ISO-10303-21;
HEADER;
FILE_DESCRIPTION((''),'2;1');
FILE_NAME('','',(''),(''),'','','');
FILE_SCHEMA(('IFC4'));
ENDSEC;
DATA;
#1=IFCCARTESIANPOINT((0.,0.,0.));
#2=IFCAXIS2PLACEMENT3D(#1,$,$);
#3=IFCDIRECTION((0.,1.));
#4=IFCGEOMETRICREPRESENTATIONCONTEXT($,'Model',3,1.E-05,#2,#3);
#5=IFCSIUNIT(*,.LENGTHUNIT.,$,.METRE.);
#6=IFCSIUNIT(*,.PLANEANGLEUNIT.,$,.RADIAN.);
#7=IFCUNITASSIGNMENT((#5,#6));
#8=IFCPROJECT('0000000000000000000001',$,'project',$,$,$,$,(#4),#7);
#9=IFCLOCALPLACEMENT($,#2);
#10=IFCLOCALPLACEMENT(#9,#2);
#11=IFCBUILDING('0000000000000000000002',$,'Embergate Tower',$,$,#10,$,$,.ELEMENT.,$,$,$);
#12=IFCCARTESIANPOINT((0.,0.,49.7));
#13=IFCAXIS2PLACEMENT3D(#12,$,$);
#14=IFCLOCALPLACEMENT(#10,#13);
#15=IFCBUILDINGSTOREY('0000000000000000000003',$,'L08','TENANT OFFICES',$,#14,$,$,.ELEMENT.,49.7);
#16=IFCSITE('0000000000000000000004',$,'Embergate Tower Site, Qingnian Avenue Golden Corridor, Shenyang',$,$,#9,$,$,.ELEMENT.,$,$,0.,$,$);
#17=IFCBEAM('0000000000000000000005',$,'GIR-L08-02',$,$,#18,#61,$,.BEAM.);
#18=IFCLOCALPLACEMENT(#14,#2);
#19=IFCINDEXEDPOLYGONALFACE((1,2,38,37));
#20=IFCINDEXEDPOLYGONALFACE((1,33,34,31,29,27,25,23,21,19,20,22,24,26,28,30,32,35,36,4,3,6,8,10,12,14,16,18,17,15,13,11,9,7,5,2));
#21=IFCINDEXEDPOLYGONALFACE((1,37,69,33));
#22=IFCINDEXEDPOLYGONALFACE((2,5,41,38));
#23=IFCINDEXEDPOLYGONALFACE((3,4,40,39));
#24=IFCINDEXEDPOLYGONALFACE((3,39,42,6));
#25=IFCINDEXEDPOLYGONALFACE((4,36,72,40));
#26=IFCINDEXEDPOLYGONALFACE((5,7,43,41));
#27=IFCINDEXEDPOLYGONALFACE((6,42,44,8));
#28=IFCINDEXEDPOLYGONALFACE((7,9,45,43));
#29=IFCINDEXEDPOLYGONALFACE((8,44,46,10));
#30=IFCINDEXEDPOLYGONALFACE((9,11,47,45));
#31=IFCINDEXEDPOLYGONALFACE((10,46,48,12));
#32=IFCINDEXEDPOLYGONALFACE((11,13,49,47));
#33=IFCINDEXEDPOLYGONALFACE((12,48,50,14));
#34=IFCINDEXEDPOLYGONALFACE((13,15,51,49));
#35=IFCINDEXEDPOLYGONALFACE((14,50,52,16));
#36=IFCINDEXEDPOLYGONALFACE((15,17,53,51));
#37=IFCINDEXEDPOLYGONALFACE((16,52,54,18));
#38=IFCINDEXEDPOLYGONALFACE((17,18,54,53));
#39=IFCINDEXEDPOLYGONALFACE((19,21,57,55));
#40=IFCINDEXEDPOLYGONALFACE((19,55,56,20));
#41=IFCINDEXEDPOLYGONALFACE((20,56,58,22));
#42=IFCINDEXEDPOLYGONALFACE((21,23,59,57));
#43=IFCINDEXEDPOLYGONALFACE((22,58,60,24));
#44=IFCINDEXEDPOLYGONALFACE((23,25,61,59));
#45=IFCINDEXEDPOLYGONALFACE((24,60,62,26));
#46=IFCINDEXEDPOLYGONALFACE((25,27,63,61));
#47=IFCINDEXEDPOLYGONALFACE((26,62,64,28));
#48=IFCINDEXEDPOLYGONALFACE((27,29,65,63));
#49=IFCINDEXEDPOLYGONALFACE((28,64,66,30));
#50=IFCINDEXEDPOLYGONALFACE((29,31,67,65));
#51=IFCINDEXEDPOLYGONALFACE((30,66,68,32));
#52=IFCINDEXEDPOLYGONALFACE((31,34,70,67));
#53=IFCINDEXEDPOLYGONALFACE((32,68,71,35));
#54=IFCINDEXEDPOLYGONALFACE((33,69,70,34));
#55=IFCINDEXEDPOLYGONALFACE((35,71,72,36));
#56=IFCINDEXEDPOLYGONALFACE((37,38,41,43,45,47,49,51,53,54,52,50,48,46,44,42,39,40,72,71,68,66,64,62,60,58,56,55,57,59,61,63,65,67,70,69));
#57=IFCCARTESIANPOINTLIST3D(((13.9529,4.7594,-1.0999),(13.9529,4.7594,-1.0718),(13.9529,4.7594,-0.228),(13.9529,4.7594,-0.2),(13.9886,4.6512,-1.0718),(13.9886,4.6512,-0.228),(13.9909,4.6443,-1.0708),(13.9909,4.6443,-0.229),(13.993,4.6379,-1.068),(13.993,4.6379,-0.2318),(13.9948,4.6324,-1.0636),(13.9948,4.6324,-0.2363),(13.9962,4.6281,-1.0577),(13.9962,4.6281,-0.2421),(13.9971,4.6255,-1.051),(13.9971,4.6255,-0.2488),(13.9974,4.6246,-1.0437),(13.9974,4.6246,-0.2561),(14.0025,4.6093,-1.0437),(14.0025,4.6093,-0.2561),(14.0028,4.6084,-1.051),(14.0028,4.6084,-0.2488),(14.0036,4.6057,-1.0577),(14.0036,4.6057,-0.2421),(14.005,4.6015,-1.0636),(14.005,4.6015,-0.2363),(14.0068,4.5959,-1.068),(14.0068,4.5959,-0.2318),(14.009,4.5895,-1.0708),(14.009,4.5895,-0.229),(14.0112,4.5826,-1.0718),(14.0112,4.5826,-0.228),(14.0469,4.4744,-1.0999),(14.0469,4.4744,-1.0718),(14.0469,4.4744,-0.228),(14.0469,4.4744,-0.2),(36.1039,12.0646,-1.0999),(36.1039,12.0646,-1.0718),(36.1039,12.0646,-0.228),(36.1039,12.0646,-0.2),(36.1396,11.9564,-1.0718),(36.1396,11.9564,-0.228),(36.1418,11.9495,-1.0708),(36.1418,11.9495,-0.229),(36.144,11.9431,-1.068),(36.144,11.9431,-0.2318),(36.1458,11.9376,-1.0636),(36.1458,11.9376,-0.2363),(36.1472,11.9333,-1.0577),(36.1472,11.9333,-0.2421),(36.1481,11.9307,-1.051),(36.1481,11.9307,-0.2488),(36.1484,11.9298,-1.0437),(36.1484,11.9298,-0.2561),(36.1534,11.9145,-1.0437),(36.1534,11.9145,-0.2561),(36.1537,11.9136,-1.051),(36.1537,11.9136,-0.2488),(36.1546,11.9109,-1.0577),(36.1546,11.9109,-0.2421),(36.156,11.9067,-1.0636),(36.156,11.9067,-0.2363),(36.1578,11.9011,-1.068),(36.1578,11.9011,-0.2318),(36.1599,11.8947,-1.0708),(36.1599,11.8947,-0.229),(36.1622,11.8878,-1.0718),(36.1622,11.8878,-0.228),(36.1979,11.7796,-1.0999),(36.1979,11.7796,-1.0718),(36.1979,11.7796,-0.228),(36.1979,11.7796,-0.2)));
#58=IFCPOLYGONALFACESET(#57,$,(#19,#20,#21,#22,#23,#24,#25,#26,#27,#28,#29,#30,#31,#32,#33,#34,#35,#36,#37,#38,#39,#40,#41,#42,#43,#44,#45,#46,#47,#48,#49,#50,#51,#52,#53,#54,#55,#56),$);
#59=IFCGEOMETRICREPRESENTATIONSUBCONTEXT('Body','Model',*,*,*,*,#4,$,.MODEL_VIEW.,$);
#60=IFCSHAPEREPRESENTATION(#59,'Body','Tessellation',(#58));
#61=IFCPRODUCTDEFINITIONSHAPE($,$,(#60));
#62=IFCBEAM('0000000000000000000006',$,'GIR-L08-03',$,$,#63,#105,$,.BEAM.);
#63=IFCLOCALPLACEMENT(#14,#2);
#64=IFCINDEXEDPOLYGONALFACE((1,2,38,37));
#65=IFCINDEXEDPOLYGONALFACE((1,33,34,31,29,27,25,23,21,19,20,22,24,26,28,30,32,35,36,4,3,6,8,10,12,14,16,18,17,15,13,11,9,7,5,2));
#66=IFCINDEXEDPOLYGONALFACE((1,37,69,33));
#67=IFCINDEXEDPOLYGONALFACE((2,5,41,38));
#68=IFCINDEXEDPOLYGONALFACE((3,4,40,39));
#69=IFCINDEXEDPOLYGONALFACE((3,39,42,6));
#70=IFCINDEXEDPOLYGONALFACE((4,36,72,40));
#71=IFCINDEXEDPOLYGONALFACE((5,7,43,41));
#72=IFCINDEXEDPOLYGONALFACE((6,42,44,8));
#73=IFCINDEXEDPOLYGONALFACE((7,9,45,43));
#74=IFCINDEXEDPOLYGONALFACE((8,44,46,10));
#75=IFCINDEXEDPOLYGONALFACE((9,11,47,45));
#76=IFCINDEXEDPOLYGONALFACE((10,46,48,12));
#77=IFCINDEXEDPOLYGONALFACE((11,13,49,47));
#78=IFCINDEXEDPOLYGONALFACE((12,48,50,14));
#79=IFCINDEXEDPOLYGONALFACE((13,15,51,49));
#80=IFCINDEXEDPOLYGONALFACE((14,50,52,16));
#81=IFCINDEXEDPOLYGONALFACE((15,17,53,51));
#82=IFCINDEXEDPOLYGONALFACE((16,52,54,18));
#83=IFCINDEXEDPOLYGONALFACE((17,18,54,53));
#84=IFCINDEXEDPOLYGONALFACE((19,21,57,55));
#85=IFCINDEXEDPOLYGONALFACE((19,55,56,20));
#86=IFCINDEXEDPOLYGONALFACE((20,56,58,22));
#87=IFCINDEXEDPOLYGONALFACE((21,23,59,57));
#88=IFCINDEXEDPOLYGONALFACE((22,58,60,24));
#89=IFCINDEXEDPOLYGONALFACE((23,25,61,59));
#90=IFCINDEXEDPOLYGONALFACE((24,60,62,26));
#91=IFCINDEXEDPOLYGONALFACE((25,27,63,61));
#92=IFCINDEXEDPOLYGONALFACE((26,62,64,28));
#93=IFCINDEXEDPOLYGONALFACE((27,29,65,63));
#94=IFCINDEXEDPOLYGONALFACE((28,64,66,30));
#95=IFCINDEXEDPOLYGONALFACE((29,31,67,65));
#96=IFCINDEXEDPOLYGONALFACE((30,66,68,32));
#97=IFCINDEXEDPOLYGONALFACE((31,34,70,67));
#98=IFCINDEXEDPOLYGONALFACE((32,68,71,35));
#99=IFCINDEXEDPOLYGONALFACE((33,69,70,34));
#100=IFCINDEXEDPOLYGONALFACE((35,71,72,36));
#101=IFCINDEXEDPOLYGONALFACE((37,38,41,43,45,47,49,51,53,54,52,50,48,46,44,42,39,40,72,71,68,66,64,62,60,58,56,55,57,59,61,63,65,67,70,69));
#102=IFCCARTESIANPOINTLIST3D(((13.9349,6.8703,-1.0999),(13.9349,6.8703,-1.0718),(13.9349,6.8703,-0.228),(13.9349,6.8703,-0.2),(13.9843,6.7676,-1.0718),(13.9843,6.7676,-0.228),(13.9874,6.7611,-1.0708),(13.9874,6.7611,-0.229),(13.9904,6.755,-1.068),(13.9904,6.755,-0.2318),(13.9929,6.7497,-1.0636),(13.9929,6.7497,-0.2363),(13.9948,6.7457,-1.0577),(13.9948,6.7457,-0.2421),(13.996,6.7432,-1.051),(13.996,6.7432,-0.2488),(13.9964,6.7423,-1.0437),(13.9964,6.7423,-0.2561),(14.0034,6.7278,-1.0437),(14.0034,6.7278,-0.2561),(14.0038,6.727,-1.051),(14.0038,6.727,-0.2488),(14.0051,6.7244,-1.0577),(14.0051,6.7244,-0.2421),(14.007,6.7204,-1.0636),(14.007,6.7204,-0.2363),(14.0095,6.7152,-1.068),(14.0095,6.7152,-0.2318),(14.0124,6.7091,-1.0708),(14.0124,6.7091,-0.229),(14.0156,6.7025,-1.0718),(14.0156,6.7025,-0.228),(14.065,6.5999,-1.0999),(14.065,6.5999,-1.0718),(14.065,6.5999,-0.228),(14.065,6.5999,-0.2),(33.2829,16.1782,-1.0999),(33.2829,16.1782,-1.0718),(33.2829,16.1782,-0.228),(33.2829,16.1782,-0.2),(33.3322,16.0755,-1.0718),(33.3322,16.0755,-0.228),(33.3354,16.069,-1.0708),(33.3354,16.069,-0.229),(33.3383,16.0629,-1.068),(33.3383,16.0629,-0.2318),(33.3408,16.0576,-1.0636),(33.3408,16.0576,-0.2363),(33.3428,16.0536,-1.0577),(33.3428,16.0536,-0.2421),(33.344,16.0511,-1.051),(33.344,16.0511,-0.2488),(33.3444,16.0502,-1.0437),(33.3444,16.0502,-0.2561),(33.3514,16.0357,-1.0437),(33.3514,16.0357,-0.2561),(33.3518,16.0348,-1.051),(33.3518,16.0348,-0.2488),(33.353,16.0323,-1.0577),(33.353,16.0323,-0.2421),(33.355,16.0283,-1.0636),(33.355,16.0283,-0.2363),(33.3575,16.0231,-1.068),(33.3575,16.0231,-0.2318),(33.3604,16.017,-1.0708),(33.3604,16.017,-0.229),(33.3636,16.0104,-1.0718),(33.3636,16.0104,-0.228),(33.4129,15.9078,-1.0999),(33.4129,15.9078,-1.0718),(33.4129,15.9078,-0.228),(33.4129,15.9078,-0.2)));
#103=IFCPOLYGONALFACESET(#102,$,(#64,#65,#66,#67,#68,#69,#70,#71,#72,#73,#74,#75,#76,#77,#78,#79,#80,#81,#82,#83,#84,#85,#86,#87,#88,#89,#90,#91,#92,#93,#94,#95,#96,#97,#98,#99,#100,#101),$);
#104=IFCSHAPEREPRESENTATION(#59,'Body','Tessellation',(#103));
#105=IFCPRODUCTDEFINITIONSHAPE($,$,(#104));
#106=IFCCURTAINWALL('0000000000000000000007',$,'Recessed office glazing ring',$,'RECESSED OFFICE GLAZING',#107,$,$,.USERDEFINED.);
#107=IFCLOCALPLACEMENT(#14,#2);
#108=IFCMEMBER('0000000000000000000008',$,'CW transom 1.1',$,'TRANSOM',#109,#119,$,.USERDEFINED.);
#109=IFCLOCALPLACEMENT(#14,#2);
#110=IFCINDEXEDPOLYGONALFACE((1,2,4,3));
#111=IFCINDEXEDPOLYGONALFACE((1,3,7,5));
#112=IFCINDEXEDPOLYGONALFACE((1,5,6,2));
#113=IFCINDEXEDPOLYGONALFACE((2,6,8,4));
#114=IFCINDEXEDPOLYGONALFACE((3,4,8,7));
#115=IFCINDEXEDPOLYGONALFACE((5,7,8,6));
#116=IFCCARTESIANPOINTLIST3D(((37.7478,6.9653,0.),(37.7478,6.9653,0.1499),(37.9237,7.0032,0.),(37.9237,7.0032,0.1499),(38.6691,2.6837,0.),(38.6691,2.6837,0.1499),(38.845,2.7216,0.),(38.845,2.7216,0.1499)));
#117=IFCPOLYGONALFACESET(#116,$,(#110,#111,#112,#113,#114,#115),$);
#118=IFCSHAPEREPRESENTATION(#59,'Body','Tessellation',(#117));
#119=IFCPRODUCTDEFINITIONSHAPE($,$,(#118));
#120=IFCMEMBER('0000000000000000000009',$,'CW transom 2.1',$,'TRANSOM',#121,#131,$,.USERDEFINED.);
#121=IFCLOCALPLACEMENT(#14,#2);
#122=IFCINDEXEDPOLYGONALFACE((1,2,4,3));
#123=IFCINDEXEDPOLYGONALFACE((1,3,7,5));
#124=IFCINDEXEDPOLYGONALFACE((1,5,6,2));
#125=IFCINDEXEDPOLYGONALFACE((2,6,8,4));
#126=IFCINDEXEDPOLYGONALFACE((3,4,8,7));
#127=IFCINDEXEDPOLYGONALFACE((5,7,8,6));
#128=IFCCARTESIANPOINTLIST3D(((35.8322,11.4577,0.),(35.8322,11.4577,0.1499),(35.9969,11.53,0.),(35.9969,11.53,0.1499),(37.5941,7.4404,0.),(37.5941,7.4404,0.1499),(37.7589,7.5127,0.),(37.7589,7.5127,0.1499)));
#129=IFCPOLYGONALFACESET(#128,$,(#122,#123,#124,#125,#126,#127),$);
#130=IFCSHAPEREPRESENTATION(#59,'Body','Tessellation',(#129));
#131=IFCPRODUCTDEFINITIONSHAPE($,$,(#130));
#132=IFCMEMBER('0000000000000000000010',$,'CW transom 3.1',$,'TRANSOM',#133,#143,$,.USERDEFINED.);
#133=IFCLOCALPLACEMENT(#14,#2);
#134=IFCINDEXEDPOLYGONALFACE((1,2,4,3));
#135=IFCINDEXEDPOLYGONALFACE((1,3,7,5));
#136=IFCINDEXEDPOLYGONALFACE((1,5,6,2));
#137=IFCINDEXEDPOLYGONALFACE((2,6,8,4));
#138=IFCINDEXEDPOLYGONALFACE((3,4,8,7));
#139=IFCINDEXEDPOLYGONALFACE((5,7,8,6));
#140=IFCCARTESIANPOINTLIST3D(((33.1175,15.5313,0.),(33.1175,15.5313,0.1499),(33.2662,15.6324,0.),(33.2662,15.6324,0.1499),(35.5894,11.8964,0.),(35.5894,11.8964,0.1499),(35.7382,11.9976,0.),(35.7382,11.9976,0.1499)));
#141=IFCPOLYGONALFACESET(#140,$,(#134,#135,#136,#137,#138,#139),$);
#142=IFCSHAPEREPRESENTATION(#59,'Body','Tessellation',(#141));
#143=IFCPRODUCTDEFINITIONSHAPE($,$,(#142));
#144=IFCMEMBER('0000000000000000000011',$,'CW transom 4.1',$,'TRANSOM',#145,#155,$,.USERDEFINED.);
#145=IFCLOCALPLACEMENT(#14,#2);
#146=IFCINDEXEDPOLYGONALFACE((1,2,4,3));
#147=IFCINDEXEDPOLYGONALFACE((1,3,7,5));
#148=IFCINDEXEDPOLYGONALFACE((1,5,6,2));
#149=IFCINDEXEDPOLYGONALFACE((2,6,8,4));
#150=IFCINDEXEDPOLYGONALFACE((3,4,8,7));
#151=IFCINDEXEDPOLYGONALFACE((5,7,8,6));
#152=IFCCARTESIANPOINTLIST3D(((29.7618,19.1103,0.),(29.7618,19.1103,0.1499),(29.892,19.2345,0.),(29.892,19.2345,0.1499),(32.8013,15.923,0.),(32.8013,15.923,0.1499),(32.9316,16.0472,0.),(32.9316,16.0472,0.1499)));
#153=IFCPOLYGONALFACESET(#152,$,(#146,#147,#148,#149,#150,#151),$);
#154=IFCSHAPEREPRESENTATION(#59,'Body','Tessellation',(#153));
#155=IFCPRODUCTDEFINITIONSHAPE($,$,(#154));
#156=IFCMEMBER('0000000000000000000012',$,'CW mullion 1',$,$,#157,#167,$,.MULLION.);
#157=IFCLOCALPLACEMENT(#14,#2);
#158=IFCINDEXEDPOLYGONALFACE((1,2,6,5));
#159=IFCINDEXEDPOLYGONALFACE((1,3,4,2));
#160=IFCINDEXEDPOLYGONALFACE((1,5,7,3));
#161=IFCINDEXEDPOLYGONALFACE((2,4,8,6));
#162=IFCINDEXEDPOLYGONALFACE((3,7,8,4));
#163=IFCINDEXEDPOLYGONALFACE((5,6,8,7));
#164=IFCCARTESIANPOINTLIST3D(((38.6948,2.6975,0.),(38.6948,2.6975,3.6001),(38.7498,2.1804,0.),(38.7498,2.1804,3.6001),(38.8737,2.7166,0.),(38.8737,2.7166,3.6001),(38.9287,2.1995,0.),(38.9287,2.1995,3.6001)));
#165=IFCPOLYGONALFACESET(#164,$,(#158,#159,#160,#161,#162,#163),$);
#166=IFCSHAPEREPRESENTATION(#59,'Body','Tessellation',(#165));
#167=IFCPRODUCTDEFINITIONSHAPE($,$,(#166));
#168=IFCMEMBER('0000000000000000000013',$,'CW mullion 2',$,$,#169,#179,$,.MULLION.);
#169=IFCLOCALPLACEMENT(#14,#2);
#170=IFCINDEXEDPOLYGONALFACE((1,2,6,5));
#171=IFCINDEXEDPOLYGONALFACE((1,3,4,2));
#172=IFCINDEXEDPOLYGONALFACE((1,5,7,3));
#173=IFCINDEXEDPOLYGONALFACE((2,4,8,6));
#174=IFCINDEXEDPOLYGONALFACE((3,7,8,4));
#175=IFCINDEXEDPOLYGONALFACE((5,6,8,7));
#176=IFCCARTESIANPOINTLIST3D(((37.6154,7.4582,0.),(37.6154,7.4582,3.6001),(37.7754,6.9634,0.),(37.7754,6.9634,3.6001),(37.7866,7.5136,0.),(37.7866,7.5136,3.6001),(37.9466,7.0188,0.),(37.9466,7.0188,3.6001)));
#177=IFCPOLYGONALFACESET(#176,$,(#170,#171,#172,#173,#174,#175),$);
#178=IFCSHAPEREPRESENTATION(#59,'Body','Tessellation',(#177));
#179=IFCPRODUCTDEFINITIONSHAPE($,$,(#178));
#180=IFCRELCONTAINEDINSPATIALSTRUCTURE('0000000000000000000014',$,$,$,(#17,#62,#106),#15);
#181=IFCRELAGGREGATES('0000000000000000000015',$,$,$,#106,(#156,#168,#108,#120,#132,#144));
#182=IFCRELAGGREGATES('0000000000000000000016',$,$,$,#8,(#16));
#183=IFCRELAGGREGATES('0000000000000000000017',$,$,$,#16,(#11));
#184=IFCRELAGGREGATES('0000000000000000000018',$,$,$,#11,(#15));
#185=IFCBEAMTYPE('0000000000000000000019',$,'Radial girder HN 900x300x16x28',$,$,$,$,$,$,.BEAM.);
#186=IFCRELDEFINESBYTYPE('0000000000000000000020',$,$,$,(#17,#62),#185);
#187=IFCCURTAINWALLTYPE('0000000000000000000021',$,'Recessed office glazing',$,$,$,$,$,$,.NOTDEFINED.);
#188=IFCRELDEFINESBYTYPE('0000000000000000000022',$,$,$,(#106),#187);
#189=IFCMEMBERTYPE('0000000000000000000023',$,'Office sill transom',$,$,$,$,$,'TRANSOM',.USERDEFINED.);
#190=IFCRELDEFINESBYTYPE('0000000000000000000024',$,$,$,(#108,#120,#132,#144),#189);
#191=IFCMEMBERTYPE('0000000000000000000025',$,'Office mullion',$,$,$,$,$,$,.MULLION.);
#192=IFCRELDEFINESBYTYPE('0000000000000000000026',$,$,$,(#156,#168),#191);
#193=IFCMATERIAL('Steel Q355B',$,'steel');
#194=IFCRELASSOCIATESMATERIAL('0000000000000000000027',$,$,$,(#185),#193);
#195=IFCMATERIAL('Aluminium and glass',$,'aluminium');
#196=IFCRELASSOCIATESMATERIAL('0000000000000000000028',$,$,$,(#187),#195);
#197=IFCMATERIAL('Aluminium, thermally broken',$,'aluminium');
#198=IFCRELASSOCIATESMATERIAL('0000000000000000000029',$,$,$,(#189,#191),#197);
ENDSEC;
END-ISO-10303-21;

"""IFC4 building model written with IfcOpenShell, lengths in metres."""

from ifc_helpers import new_model, si_unit, direction, frame, origin, origin_2d, place, context, subcontext, project, spatial, rectangle, i_section, extrude, source, transform, mapped, material, material_profile, profile_set, type_object, element, aggregate, save


model = new_model("IFC4")

# Units and contexts
model_context = context("Model", 3, precision=1e-05, world=origin(), true_north=direction((0.0, 1.0)))
body_context = subcontext(model_context, "Body", "Model", "MODEL_VIEW")
ifc_project = project(units=[si_unit("LENGTHUNIT", "METRE"), si_unit("PLANEANGLEUNIT", "RADIAN")], contexts=[model_context])

# Site, building, storey
site_placement = place(None, origin())
site = spatial("IfcSite", under=ifc_project, at=site_placement, Name="Embergate Tower Site, Qingnian Avenue Golden Corridor, Shenyang", CompositionType="ELEMENT", RefElevation=0.0)
building_placement = place(site_placement, origin())
building = spatial("IfcBuilding", under=site, at=building_placement, Name="Embergate Tower", CompositionType="ELEMENT")
storey_placement = place(building_placement, frame((0.0, 0.0, 49.7)))
storey = spatial("IfcBuildingStorey", under=building, at=storey_placement, Name="L08", Description="TENANT OFFICES", CompositionType="ELEMENT", Elevation=49.7)

# Beams
ifc_material_1 = material(Name="Steel Q355B", Category="steel")
ifc_material_profile_1 = material_profile(ifc_material_1, i_section(OverallWidth=0.3, OverallDepth=0.8999, WebThickness=0.0161, FlangeThickness=0.0281, FilletRadius=0.0281, at=origin_2d()), Name="HN 900x300x16x28")
ifc_profile_set_1 = profile_set([ifc_material_profile_1], Name="Steel Q355 grade B")
beam_type_1 = type_object("IfcBeamType", Name="Radial girder HN 900x300x16x28", PredefinedType="BEAM", material=ifc_profile_set_1)
shared_shape_1 = source(origin(), body_context, "Body", "SweptSolid", [
    extrude(i_section(OverallWidth=0.3, OverallDepth=0.8999, WebThickness=0.0161, FlangeThickness=0.0281, FilletRadius=0.0281, at=origin_2d()), origin(), (0.0, 0.0, 1.0), 23.3245),
])
beam_1_placement = place(storey_placement, frame((36.1509, 11.9221, -0.6499), z_axis=(-0.949688, -0.313199, 0.0), x_axis=(0.313199, -0.949688, 0.0)))
element("IfcBeam", 1, at=beam_1_placement, inside=storey, type_object=beam_type_1, Name="GIR-L08-02", PredefinedType="BEAM", context=body_context, shape_type="MappedRepresentation", body=[
    mapped(shared_shape_1, transform((0.0, 0.0, 0.0))),
])
shared_shape_2 = source(origin(), body_context, "Body", "SweptSolid", [
    extrude(i_section(OverallWidth=0.3, OverallDepth=0.8999, WebThickness=0.0161, FlangeThickness=0.0281, FilletRadius=0.0281, at=origin_2d()), origin(), (0.0, 0.0, 1.0), 21.4705),
])
beam_2_placement = place(storey_placement, frame((33.3479, 16.043, -0.6499), z_axis=(-0.901144, -0.433521, 0.0), x_axis=(0.433521, -0.901144, 0.0)))
element("IfcBeam", 2, at=beam_2_placement, inside=storey, type_object=beam_type_1, Name="GIR-L08-03", PredefinedType="BEAM", context=body_context, shape_type="MappedRepresentation", body=[
    mapped(shared_shape_2, transform((0.0, 0.0, 0.0))),
])

# Curtain wall, members
ifc_material_2 = material(Name="Aluminium and glass", Category="aluminium")
curtain_wall_type = type_object("IfcCurtainWallType", Name="Recessed office glazing", PredefinedType="NOTDEFINED", material=ifc_material_2)
curtain_wall_placement = place(storey_placement, origin())
curtain_wall = element("IfcCurtainWall", 3, at=curtain_wall_placement, inside=storey, type_object=curtain_wall_type, Name="Recessed office glazing ring", ObjectType="RECESSED OFFICE GLAZING", PredefinedType="USERDEFINED")
ifc_material_3 = material(Name="Aluminium, thermally broken", Category="aluminium")
ifc_material_profile_2 = material_profile(ifc_material_3, rectangle(XDim=0.1799, YDim=0.1499, at=origin_2d()), Name="AL 150x180")
ifc_profile_set_2 = profile_set([ifc_material_profile_2], Name="Aluminium, thermally broken")
member_type_1 = type_object("IfcMemberType", Name="Office sill transom", ElementType="TRANSOM", PredefinedType="USERDEFINED", material=ifc_profile_set_2)
shared_shape_3 = source(origin(), body_context, "Body", "SweptSolid", [
    extrude(rectangle(XDim=0.1799, YDim=0.1499, at=origin_2d()), origin(), (0.0, 0.0, 1.0), 4.3796),
])
member_1_placement = place(storey_placement, frame((38.7571, 2.7026, 0.075), z_axis=(-0.210374, 0.977621, 0.0), x_axis=(-0.977621, -0.210374, 0.0)))
member_1 = element("IfcMember", 4, at=member_1_placement, type_object=member_type_1, Name="CW transom 1.1", ObjectType="TRANSOM", PredefinedType="USERDEFINED", context=body_context, shape_type="MappedRepresentation", body=[
    mapped(shared_shape_3, transform((0.0, 0.0, 0.0))),
])
shared_shape_4 = source(origin(), body_context, "Body", "SweptSolid", [
    extrude(rectangle(XDim=0.1799, YDim=0.1499, at=origin_2d()), origin(), (0.0, 0.0, 1.0), 4.3867),
])
member_2_placement = place(storey_placement, frame((37.6765, 7.4766, 0.075), z_axis=(-0.401657, 0.91579, 0.0), x_axis=(-0.91579, -0.401657, 0.0)))
member_2 = element("IfcMember", 5, at=member_2_placement, type_object=member_type_1, Name="CW transom 2.1", ObjectType="TRANSOM", PredefinedType="USERDEFINED", context=body_context, shape_type="MappedRepresentation", body=[
    mapped(shared_shape_4, transform((0.0, 0.0, 0.0))),
])
shared_shape_5 = source(origin(), body_context, "Body", "SweptSolid", [
    extrude(rectangle(XDim=0.1799, YDim=0.1499, at=origin_2d()), origin(), (0.0, 0.0, 1.0), 4.3958),
])
member_3_placement = place(storey_placement, frame((35.6638, 11.947, 0.075), z_axis=(-0.562354, 0.826897, 0.0), x_axis=(-0.826897, -0.562354, 0.0)))
member_3 = element("IfcMember", 6, at=member_3_placement, type_object=member_type_1, Name="CW transom 3.1", ObjectType="TRANSOM", PredefinedType="USERDEFINED", context=body_context, shape_type="MappedRepresentation", body=[
    mapped(shared_shape_5, transform((0.0, 0.0, 0.0))),
])
shared_shape_6 = source(origin(), body_context, "Body", "SweptSolid", [
    extrude(rectangle(XDim=0.1799, YDim=0.1499, at=origin_2d()), origin(), (0.0, 0.0, 1.0), 4.4043),
])
member_4_placement = place(storey_placement, frame((32.8665, 15.9851, 0.075), z_axis=(-0.690139, 0.723676, 0.0), x_axis=(-0.723676, -0.690139, 0.0)))
member_4 = element("IfcMember", 7, at=member_4_placement, type_object=member_type_1, Name="CW transom 4.1", ObjectType="TRANSOM", PredefinedType="USERDEFINED", context=body_context, shape_type="MappedRepresentation", body=[
    mapped(shared_shape_6, transform((0.0, 0.0, 0.0))),
])
ifc_material_profile_3 = material_profile(ifc_material_3, rectangle(XDim=0.1799, YDim=0.52, at=origin_2d()), Name="AL 520x180")
ifc_profile_set_3 = profile_set([ifc_material_profile_3], Name="Aluminium, thermally broken")
member_type_2 = type_object("IfcMemberType", Name="Office mullion", PredefinedType="MULLION", material=ifc_profile_set_3)
shared_shape_7 = source(origin(), body_context, "Body", "SweptSolid", [
    extrude(rectangle(XDim=0.1799, YDim=0.52, at=origin_2d()), origin(), (0.0, 0.0, 1.0), 3.6001),
])
member_5_placement = place(storey_placement, frame((38.8118, 2.4485, 0.0), z_axis=(0.0, 0.0, 1.0), x_axis=(-0.994385, -0.105822, 0.0)))
member_5 = element("IfcMember", 8, at=member_5_placement, type_object=member_type_2, Name="CW mullion 1", PredefinedType="MULLION", context=body_context, shape_type="MappedRepresentation", body=[
    mapped(shared_shape_7, transform((0.0, 0.0, 0.0))),
])
member_6_placement = place(storey_placement, frame((37.781, 7.2385, 0.0), z_axis=(0.0, 0.0, 1.0), x_axis=(-0.951499, -0.307651, 0.0)))
member_6 = element("IfcMember", 9, at=member_6_placement, type_object=member_type_2, Name="CW mullion 2", PredefinedType="MULLION", context=body_context, shape_type="MappedRepresentation", body=[
    mapped(shared_shape_7, transform((0.0, 0.0, 0.0))),
])
aggregate(curtain_wall, [member_5, member_6, member_1, member_2, member_3, member_4])

save(model, "model.ifc")
